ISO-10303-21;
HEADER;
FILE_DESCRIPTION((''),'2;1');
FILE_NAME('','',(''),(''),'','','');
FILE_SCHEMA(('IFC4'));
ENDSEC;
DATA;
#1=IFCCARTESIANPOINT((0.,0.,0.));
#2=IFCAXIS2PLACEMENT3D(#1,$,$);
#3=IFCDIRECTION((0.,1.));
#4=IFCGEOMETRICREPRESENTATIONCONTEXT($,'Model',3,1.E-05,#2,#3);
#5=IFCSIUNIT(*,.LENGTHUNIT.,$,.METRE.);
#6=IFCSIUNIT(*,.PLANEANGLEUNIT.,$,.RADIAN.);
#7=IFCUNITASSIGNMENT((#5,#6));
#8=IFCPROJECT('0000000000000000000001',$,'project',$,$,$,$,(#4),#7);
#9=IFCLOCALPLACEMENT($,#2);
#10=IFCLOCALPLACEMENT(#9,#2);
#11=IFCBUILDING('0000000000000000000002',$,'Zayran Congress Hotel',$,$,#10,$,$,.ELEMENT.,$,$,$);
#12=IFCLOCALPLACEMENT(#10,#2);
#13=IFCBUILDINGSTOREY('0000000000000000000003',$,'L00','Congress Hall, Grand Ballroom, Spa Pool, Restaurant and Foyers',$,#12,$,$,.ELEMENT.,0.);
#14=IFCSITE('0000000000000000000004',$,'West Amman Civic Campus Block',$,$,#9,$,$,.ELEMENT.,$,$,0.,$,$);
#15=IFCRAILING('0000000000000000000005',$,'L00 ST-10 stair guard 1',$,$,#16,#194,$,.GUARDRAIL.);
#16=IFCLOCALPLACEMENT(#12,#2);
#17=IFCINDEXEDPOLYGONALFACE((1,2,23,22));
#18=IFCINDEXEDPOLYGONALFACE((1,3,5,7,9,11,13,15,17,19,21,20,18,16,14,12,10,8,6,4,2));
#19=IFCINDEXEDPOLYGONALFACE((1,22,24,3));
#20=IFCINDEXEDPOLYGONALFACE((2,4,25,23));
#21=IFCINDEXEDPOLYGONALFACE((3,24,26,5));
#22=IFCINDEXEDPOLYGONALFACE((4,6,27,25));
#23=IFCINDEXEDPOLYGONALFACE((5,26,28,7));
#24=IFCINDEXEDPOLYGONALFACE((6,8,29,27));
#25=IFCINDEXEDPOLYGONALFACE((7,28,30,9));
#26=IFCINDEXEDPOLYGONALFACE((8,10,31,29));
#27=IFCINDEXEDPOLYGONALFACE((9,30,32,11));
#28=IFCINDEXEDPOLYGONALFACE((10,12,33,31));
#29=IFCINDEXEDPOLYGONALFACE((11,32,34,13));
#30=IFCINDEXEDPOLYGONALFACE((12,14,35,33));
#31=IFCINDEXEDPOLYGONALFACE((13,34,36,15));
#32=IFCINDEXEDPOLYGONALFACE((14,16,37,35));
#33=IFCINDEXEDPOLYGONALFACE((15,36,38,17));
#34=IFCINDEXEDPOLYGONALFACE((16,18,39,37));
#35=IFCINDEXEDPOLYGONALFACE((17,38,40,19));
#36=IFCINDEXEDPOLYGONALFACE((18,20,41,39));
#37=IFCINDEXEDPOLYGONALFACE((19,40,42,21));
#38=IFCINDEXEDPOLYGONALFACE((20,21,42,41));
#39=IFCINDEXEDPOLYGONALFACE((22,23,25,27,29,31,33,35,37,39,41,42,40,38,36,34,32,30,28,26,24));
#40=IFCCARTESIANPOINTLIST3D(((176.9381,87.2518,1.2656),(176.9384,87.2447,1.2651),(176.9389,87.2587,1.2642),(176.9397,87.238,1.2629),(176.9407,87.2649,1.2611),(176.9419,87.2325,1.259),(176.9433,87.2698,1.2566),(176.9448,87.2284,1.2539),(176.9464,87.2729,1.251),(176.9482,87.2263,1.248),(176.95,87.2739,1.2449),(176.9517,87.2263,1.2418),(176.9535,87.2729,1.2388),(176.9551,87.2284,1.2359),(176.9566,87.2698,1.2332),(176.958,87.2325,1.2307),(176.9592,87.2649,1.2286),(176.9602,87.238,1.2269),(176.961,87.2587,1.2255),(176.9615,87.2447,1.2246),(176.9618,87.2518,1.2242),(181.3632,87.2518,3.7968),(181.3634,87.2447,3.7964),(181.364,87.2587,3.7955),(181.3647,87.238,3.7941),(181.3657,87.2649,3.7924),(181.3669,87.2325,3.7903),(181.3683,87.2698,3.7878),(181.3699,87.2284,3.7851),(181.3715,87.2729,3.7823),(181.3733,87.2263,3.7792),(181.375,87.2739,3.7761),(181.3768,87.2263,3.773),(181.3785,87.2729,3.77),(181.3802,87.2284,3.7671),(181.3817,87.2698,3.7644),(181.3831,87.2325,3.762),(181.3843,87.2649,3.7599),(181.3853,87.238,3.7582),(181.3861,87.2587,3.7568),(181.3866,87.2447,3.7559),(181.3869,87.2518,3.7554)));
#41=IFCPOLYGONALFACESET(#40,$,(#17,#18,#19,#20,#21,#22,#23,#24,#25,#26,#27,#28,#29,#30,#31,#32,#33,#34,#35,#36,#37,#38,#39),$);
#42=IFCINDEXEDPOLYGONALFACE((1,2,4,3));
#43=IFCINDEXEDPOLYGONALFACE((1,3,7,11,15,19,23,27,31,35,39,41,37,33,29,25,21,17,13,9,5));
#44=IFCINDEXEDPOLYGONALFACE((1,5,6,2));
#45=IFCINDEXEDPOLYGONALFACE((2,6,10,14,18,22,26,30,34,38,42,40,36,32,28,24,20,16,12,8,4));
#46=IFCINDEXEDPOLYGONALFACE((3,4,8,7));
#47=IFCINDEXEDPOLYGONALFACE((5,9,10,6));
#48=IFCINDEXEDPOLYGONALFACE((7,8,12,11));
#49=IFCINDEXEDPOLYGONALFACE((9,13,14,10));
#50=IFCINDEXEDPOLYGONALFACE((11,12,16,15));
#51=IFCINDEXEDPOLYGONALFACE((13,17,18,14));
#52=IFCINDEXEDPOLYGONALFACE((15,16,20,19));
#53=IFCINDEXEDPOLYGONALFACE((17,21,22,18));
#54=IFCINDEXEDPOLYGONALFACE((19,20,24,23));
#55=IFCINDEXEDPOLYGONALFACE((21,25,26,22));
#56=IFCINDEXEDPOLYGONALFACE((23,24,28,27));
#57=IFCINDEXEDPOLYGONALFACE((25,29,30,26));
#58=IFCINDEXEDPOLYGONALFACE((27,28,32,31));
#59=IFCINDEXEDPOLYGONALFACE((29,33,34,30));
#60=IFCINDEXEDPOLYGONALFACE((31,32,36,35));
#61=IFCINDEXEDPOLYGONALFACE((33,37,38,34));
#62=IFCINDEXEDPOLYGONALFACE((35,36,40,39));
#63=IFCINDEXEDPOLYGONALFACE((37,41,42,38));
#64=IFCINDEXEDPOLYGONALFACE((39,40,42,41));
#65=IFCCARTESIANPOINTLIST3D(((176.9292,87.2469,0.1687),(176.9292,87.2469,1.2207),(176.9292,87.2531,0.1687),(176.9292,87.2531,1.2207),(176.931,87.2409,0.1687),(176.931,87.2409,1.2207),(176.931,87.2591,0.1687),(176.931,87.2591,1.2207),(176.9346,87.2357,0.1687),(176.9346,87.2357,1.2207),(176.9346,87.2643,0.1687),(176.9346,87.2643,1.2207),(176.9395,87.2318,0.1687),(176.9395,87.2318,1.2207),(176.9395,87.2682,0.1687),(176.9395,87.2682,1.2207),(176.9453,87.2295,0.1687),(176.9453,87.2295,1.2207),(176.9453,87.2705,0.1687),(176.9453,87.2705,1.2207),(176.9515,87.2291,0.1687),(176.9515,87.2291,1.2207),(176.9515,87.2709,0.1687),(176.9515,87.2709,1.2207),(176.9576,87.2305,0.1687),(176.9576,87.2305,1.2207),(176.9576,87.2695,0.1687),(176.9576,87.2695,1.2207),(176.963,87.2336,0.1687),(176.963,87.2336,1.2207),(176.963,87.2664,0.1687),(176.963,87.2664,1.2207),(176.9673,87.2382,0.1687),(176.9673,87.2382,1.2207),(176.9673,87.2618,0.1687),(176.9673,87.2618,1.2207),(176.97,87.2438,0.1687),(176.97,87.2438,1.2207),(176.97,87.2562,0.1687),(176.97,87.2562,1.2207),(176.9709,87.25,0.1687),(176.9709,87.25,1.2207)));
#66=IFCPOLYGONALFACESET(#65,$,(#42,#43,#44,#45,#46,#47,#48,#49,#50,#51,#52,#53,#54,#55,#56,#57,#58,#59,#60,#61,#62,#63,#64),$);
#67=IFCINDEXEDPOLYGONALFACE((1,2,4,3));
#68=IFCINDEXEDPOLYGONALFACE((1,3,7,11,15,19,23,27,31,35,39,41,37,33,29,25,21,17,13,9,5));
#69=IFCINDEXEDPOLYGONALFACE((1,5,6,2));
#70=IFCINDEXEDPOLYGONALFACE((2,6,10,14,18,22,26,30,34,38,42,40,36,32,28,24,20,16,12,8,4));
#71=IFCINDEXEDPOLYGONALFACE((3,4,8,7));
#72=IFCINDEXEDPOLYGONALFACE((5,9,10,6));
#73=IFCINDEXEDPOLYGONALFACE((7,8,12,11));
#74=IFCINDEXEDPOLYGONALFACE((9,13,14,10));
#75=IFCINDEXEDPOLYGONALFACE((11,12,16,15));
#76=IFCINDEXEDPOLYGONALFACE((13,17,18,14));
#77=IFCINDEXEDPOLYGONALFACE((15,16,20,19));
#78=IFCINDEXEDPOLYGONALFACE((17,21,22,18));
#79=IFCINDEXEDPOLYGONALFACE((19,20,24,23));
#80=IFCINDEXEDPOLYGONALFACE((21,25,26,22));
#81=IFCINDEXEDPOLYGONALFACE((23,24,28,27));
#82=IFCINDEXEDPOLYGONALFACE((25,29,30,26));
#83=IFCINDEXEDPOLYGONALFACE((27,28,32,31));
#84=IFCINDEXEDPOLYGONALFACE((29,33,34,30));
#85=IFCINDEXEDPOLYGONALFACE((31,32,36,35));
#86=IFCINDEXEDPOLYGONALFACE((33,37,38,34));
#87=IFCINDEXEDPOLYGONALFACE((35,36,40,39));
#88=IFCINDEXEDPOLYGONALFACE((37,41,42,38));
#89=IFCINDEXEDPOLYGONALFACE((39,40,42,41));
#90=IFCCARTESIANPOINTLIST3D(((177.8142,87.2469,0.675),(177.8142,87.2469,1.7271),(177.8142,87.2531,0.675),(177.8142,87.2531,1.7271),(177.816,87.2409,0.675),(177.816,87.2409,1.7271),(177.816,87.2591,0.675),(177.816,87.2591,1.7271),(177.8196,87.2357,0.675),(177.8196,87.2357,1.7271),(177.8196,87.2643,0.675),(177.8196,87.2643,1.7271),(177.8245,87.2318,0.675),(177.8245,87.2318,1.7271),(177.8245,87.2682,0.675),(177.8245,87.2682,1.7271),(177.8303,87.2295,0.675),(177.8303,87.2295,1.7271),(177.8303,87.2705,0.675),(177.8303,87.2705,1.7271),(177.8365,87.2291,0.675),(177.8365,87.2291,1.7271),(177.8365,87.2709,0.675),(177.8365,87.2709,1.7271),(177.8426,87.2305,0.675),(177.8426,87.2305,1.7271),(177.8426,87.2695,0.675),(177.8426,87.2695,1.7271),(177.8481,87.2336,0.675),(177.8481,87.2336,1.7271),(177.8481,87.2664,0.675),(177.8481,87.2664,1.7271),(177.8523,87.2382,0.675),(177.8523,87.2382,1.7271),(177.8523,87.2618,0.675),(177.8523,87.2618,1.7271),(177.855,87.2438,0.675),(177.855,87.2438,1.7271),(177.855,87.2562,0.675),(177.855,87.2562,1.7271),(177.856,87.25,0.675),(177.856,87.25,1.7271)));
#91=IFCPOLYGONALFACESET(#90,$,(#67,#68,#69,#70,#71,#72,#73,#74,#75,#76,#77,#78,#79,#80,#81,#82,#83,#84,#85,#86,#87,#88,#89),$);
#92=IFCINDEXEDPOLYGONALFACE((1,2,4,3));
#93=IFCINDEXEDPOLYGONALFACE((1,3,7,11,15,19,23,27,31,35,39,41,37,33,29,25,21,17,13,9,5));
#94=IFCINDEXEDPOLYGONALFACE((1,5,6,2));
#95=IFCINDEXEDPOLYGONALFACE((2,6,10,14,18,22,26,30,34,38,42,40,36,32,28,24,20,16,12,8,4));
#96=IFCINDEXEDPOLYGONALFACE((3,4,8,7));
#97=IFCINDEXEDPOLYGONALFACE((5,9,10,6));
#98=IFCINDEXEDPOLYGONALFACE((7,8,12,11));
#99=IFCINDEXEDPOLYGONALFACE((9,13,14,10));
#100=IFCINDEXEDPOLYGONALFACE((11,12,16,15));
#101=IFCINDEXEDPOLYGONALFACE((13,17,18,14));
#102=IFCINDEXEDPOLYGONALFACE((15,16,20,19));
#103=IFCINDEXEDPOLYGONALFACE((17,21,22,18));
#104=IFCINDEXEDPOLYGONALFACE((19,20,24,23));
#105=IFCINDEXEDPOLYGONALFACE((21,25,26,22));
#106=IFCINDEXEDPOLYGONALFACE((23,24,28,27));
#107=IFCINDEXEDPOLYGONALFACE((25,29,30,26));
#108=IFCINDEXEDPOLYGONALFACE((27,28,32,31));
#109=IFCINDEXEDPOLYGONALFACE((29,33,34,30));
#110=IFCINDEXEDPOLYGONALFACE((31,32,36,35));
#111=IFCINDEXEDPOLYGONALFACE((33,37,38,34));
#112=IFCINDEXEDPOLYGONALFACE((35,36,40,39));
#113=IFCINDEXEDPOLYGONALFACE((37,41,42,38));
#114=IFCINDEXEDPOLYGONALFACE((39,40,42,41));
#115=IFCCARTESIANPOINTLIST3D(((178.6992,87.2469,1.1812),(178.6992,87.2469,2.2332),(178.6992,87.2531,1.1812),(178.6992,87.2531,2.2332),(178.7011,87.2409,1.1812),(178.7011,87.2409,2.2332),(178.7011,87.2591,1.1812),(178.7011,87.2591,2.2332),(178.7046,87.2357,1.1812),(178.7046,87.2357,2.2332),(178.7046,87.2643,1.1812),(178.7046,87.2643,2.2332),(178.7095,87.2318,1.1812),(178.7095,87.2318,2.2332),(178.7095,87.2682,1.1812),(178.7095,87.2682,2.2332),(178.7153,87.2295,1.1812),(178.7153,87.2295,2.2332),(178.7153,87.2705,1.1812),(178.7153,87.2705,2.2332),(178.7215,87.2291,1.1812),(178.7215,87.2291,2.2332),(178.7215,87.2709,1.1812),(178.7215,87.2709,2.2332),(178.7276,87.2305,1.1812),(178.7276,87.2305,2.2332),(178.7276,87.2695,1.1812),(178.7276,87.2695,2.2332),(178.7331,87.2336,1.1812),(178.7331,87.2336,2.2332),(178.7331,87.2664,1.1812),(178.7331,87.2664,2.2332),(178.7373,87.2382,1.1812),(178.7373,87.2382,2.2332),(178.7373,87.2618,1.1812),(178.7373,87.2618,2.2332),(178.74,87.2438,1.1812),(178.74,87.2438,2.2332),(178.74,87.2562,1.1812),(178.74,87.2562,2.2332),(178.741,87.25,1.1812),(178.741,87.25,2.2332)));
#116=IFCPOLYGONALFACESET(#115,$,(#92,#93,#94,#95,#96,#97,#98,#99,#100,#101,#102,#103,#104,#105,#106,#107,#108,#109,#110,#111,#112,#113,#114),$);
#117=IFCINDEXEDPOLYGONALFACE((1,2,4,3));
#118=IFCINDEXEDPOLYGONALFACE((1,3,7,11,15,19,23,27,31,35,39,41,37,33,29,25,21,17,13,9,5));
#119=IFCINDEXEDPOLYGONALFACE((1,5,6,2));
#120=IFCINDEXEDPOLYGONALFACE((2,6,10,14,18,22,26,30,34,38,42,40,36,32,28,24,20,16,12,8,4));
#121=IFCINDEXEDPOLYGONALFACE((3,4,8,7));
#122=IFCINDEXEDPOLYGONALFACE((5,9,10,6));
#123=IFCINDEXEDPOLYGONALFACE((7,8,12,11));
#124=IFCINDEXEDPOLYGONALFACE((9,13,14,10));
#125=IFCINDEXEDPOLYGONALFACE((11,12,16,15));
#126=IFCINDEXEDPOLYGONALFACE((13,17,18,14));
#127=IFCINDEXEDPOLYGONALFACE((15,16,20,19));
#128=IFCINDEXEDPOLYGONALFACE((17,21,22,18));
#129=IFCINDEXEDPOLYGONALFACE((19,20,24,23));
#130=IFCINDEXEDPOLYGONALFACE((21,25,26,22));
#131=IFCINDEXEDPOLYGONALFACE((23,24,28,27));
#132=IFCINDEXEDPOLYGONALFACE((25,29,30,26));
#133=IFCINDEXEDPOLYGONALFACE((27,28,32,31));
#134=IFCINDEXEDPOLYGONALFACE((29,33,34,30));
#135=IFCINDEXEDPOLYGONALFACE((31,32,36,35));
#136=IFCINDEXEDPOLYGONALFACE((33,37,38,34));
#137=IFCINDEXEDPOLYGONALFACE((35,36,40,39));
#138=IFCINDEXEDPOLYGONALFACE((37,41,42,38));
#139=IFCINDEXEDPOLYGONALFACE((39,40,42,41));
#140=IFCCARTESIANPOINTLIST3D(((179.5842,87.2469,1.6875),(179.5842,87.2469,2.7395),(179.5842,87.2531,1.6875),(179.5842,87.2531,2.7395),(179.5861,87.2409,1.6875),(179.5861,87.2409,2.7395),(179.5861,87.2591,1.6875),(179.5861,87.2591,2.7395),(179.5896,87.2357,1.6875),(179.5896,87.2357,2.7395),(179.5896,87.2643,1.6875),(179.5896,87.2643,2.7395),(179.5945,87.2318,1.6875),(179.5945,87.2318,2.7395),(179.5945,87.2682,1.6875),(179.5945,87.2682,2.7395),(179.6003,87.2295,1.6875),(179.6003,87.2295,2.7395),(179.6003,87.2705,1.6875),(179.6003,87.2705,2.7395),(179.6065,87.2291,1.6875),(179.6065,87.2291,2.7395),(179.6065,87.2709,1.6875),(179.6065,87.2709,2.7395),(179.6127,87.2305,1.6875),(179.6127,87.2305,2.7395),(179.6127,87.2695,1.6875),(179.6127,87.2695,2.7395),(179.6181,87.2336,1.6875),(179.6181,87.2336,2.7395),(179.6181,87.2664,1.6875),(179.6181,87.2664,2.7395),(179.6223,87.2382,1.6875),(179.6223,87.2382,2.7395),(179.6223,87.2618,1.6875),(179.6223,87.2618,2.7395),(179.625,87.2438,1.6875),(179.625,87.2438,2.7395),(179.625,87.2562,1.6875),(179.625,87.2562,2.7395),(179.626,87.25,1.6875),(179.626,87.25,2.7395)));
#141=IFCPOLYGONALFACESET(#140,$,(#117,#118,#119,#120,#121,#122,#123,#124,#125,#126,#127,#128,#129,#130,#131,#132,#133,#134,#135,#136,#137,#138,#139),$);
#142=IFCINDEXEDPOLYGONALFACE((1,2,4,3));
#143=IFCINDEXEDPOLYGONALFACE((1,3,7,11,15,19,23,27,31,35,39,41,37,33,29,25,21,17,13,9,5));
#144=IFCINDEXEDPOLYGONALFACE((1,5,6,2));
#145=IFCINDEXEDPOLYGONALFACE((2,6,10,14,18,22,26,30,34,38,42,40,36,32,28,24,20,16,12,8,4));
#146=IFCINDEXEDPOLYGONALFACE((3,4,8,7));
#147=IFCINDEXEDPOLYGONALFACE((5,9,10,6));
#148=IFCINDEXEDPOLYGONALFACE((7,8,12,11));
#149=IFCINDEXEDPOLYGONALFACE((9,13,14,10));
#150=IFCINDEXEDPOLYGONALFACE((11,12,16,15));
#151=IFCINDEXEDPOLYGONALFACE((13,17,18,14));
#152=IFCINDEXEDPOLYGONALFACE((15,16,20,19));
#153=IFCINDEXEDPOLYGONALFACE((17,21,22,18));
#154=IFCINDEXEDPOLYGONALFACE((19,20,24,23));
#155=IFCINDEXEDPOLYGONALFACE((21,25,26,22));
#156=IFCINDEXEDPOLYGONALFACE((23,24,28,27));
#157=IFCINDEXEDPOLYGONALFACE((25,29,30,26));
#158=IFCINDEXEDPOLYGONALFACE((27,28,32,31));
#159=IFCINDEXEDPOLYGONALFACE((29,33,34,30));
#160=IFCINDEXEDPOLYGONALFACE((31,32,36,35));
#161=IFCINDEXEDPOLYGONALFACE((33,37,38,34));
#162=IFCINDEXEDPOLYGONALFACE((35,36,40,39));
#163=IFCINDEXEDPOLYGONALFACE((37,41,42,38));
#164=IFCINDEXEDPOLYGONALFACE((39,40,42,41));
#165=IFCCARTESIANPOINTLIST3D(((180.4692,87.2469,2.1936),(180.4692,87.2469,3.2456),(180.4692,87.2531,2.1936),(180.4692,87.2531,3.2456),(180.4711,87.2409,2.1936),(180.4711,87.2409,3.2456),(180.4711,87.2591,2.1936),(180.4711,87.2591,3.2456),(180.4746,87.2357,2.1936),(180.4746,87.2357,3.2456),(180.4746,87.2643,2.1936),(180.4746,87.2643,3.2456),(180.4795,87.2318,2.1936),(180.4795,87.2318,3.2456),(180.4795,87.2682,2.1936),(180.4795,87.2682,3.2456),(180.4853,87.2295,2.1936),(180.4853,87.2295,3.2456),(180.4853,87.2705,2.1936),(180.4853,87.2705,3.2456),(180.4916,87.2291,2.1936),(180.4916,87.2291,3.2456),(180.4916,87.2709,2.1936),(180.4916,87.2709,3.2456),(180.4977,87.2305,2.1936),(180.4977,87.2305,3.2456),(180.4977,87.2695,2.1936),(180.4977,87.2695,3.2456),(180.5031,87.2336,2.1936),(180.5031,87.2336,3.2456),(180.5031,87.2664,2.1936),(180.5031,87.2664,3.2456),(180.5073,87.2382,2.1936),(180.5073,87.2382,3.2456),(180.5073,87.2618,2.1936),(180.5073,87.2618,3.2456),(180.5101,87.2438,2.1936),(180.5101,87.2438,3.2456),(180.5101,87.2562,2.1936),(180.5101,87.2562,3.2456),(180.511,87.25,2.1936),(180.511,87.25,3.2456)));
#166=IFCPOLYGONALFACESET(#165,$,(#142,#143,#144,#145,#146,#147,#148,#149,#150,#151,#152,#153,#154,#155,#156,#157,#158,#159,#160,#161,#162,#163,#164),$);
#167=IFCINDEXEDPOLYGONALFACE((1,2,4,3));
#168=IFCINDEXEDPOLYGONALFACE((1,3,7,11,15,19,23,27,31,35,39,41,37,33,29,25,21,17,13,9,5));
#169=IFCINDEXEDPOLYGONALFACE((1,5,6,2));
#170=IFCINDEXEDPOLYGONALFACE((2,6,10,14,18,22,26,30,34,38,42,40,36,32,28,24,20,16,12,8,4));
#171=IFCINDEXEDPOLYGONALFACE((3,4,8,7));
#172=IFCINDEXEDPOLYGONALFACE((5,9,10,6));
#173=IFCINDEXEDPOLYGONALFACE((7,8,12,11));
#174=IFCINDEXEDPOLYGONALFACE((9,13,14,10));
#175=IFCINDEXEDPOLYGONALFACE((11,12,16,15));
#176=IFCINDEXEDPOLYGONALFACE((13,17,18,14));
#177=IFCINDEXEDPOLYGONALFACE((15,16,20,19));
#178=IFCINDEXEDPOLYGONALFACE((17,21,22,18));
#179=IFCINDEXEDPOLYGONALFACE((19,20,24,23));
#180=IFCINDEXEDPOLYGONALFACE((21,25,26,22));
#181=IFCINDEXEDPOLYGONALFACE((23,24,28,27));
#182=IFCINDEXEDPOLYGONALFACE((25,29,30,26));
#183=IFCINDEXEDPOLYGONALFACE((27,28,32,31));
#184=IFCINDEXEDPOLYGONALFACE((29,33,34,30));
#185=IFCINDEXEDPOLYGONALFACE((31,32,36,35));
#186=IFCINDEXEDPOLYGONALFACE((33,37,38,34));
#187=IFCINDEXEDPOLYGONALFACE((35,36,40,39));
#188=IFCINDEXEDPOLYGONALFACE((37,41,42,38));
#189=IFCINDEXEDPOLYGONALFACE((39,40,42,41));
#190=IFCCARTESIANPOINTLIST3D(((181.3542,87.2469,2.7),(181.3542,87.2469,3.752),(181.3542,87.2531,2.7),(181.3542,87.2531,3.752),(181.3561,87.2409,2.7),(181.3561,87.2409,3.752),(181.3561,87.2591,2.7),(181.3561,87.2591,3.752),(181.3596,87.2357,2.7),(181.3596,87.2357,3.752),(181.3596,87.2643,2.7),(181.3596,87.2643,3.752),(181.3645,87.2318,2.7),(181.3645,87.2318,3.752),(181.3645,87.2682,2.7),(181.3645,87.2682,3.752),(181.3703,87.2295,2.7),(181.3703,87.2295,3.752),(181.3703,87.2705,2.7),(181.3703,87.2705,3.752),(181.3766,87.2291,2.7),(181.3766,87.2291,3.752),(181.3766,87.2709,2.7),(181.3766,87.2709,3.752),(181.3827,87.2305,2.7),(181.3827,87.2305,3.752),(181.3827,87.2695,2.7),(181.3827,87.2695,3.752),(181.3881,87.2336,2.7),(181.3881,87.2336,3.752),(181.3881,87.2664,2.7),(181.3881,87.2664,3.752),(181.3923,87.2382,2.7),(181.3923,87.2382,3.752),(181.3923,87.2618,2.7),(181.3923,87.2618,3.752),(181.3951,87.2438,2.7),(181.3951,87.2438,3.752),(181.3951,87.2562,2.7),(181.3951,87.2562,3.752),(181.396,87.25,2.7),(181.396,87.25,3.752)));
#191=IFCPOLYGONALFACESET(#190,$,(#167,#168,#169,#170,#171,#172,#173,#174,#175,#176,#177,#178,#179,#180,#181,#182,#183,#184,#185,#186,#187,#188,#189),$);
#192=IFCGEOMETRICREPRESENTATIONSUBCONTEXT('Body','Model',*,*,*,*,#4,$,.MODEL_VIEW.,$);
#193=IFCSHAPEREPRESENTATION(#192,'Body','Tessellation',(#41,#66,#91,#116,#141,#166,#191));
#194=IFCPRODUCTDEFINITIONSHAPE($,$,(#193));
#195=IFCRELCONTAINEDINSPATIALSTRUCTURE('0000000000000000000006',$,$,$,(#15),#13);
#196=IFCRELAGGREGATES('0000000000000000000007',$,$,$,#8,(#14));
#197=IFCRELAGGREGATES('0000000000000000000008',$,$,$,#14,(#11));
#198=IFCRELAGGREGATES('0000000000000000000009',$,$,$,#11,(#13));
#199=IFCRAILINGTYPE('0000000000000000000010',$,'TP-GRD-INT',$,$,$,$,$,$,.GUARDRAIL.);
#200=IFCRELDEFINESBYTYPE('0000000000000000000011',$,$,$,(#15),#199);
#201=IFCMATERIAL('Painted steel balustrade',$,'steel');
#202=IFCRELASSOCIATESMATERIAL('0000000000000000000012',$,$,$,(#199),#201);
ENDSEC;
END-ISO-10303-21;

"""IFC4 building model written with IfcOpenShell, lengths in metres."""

from ifc_helpers import new_model, si_unit, direction, frame, origin, origin_2d, place, context, subcontext, project, spatial, circle, extrude, material, type_object, element, save


model = new_model("IFC4")

# Units and contexts
model_context = context("Model", 3, precision=1e-05, world=origin(), true_north=direction((0.0, 1.0)))
body_context = subcontext(model_context, "Body", "Model", "MODEL_VIEW")
ifc_project = project(units=[si_unit("LENGTHUNIT", "METRE"), si_unit("PLANEANGLEUNIT", "RADIAN")], contexts=[model_context])

# Site, building, storey
site_placement = place(None, origin())
site = spatial("IfcSite", under=ifc_project, at=site_placement, Name="West Amman Civic Campus Block", CompositionType="ELEMENT", RefElevation=0.0)
building_placement = place(site_placement, origin())
building = spatial("IfcBuilding", under=site, at=building_placement, Name="Zayran Congress Hotel", CompositionType="ELEMENT")
storey_placement = place(building_placement, origin())
storey = spatial("IfcBuildingStorey", under=building, at=storey_placement, Name="L00", Description="Congress Hall, Grand Ballroom, Spa Pool, Restaurant and Foyers", CompositionType="ELEMENT", Elevation=0.0)

# Railing
ifc_material_1 = material(Name="Painted steel balustrade", Category="steel")
railing_type_1 = type_object("IfcRailingType", Name="TP-GRD-INT", PredefinedType="GUARDRAIL", material=ifc_material_1)
railing_1_placement = place(storey_placement, frame((176.95, 87.25, 0.1687)))
element("IfcRailing", 1, at=railing_1_placement, inside=storey, type_object=railing_type_1, Name="L00 ST-10 stair guard 1", PredefinedType="GUARDRAIL", context=body_context, shape_type="SweptSolid", body=[
    extrude(circle(Radius=0.0239, at=origin_2d()), frame((0.0, 0.0, 1.0762), z_axis=(0.868019, 0.0, 0.496531), x_axis=(0.0, 1.0, 0.0)), (0.0, 0.0, 1.0), 5.0979),
    extrude(circle(Radius=0.021, at=origin_2d()), origin(), (0.0, 0.0, 1.0), 1.052),
    extrude(circle(Radius=0.021, at=origin_2d()), frame((0.885, 0.0, 0.5063)), (0.0, 0.0, 1.0), 1.052),
    extrude(circle(Radius=0.021, at=origin_2d()), frame((1.77, 0.0, 1.0125)), (0.0, 0.0, 1.0), 1.052),
    extrude(circle(Radius=0.021, at=origin_2d()), frame((2.655, 0.0, 1.5188)), (0.0, 0.0, 1.0), 1.052),
    extrude(circle(Radius=0.021, at=origin_2d()), frame((3.54, 0.0, 2.0249)), (0.0, 0.0, 1.0), 1.052),
    extrude(circle(Radius=0.021, at=origin_2d()), frame((4.425, 0.0, 2.5312)), (0.0, 0.0, 1.0), 1.052),
])

save(model, "model.ifc")
